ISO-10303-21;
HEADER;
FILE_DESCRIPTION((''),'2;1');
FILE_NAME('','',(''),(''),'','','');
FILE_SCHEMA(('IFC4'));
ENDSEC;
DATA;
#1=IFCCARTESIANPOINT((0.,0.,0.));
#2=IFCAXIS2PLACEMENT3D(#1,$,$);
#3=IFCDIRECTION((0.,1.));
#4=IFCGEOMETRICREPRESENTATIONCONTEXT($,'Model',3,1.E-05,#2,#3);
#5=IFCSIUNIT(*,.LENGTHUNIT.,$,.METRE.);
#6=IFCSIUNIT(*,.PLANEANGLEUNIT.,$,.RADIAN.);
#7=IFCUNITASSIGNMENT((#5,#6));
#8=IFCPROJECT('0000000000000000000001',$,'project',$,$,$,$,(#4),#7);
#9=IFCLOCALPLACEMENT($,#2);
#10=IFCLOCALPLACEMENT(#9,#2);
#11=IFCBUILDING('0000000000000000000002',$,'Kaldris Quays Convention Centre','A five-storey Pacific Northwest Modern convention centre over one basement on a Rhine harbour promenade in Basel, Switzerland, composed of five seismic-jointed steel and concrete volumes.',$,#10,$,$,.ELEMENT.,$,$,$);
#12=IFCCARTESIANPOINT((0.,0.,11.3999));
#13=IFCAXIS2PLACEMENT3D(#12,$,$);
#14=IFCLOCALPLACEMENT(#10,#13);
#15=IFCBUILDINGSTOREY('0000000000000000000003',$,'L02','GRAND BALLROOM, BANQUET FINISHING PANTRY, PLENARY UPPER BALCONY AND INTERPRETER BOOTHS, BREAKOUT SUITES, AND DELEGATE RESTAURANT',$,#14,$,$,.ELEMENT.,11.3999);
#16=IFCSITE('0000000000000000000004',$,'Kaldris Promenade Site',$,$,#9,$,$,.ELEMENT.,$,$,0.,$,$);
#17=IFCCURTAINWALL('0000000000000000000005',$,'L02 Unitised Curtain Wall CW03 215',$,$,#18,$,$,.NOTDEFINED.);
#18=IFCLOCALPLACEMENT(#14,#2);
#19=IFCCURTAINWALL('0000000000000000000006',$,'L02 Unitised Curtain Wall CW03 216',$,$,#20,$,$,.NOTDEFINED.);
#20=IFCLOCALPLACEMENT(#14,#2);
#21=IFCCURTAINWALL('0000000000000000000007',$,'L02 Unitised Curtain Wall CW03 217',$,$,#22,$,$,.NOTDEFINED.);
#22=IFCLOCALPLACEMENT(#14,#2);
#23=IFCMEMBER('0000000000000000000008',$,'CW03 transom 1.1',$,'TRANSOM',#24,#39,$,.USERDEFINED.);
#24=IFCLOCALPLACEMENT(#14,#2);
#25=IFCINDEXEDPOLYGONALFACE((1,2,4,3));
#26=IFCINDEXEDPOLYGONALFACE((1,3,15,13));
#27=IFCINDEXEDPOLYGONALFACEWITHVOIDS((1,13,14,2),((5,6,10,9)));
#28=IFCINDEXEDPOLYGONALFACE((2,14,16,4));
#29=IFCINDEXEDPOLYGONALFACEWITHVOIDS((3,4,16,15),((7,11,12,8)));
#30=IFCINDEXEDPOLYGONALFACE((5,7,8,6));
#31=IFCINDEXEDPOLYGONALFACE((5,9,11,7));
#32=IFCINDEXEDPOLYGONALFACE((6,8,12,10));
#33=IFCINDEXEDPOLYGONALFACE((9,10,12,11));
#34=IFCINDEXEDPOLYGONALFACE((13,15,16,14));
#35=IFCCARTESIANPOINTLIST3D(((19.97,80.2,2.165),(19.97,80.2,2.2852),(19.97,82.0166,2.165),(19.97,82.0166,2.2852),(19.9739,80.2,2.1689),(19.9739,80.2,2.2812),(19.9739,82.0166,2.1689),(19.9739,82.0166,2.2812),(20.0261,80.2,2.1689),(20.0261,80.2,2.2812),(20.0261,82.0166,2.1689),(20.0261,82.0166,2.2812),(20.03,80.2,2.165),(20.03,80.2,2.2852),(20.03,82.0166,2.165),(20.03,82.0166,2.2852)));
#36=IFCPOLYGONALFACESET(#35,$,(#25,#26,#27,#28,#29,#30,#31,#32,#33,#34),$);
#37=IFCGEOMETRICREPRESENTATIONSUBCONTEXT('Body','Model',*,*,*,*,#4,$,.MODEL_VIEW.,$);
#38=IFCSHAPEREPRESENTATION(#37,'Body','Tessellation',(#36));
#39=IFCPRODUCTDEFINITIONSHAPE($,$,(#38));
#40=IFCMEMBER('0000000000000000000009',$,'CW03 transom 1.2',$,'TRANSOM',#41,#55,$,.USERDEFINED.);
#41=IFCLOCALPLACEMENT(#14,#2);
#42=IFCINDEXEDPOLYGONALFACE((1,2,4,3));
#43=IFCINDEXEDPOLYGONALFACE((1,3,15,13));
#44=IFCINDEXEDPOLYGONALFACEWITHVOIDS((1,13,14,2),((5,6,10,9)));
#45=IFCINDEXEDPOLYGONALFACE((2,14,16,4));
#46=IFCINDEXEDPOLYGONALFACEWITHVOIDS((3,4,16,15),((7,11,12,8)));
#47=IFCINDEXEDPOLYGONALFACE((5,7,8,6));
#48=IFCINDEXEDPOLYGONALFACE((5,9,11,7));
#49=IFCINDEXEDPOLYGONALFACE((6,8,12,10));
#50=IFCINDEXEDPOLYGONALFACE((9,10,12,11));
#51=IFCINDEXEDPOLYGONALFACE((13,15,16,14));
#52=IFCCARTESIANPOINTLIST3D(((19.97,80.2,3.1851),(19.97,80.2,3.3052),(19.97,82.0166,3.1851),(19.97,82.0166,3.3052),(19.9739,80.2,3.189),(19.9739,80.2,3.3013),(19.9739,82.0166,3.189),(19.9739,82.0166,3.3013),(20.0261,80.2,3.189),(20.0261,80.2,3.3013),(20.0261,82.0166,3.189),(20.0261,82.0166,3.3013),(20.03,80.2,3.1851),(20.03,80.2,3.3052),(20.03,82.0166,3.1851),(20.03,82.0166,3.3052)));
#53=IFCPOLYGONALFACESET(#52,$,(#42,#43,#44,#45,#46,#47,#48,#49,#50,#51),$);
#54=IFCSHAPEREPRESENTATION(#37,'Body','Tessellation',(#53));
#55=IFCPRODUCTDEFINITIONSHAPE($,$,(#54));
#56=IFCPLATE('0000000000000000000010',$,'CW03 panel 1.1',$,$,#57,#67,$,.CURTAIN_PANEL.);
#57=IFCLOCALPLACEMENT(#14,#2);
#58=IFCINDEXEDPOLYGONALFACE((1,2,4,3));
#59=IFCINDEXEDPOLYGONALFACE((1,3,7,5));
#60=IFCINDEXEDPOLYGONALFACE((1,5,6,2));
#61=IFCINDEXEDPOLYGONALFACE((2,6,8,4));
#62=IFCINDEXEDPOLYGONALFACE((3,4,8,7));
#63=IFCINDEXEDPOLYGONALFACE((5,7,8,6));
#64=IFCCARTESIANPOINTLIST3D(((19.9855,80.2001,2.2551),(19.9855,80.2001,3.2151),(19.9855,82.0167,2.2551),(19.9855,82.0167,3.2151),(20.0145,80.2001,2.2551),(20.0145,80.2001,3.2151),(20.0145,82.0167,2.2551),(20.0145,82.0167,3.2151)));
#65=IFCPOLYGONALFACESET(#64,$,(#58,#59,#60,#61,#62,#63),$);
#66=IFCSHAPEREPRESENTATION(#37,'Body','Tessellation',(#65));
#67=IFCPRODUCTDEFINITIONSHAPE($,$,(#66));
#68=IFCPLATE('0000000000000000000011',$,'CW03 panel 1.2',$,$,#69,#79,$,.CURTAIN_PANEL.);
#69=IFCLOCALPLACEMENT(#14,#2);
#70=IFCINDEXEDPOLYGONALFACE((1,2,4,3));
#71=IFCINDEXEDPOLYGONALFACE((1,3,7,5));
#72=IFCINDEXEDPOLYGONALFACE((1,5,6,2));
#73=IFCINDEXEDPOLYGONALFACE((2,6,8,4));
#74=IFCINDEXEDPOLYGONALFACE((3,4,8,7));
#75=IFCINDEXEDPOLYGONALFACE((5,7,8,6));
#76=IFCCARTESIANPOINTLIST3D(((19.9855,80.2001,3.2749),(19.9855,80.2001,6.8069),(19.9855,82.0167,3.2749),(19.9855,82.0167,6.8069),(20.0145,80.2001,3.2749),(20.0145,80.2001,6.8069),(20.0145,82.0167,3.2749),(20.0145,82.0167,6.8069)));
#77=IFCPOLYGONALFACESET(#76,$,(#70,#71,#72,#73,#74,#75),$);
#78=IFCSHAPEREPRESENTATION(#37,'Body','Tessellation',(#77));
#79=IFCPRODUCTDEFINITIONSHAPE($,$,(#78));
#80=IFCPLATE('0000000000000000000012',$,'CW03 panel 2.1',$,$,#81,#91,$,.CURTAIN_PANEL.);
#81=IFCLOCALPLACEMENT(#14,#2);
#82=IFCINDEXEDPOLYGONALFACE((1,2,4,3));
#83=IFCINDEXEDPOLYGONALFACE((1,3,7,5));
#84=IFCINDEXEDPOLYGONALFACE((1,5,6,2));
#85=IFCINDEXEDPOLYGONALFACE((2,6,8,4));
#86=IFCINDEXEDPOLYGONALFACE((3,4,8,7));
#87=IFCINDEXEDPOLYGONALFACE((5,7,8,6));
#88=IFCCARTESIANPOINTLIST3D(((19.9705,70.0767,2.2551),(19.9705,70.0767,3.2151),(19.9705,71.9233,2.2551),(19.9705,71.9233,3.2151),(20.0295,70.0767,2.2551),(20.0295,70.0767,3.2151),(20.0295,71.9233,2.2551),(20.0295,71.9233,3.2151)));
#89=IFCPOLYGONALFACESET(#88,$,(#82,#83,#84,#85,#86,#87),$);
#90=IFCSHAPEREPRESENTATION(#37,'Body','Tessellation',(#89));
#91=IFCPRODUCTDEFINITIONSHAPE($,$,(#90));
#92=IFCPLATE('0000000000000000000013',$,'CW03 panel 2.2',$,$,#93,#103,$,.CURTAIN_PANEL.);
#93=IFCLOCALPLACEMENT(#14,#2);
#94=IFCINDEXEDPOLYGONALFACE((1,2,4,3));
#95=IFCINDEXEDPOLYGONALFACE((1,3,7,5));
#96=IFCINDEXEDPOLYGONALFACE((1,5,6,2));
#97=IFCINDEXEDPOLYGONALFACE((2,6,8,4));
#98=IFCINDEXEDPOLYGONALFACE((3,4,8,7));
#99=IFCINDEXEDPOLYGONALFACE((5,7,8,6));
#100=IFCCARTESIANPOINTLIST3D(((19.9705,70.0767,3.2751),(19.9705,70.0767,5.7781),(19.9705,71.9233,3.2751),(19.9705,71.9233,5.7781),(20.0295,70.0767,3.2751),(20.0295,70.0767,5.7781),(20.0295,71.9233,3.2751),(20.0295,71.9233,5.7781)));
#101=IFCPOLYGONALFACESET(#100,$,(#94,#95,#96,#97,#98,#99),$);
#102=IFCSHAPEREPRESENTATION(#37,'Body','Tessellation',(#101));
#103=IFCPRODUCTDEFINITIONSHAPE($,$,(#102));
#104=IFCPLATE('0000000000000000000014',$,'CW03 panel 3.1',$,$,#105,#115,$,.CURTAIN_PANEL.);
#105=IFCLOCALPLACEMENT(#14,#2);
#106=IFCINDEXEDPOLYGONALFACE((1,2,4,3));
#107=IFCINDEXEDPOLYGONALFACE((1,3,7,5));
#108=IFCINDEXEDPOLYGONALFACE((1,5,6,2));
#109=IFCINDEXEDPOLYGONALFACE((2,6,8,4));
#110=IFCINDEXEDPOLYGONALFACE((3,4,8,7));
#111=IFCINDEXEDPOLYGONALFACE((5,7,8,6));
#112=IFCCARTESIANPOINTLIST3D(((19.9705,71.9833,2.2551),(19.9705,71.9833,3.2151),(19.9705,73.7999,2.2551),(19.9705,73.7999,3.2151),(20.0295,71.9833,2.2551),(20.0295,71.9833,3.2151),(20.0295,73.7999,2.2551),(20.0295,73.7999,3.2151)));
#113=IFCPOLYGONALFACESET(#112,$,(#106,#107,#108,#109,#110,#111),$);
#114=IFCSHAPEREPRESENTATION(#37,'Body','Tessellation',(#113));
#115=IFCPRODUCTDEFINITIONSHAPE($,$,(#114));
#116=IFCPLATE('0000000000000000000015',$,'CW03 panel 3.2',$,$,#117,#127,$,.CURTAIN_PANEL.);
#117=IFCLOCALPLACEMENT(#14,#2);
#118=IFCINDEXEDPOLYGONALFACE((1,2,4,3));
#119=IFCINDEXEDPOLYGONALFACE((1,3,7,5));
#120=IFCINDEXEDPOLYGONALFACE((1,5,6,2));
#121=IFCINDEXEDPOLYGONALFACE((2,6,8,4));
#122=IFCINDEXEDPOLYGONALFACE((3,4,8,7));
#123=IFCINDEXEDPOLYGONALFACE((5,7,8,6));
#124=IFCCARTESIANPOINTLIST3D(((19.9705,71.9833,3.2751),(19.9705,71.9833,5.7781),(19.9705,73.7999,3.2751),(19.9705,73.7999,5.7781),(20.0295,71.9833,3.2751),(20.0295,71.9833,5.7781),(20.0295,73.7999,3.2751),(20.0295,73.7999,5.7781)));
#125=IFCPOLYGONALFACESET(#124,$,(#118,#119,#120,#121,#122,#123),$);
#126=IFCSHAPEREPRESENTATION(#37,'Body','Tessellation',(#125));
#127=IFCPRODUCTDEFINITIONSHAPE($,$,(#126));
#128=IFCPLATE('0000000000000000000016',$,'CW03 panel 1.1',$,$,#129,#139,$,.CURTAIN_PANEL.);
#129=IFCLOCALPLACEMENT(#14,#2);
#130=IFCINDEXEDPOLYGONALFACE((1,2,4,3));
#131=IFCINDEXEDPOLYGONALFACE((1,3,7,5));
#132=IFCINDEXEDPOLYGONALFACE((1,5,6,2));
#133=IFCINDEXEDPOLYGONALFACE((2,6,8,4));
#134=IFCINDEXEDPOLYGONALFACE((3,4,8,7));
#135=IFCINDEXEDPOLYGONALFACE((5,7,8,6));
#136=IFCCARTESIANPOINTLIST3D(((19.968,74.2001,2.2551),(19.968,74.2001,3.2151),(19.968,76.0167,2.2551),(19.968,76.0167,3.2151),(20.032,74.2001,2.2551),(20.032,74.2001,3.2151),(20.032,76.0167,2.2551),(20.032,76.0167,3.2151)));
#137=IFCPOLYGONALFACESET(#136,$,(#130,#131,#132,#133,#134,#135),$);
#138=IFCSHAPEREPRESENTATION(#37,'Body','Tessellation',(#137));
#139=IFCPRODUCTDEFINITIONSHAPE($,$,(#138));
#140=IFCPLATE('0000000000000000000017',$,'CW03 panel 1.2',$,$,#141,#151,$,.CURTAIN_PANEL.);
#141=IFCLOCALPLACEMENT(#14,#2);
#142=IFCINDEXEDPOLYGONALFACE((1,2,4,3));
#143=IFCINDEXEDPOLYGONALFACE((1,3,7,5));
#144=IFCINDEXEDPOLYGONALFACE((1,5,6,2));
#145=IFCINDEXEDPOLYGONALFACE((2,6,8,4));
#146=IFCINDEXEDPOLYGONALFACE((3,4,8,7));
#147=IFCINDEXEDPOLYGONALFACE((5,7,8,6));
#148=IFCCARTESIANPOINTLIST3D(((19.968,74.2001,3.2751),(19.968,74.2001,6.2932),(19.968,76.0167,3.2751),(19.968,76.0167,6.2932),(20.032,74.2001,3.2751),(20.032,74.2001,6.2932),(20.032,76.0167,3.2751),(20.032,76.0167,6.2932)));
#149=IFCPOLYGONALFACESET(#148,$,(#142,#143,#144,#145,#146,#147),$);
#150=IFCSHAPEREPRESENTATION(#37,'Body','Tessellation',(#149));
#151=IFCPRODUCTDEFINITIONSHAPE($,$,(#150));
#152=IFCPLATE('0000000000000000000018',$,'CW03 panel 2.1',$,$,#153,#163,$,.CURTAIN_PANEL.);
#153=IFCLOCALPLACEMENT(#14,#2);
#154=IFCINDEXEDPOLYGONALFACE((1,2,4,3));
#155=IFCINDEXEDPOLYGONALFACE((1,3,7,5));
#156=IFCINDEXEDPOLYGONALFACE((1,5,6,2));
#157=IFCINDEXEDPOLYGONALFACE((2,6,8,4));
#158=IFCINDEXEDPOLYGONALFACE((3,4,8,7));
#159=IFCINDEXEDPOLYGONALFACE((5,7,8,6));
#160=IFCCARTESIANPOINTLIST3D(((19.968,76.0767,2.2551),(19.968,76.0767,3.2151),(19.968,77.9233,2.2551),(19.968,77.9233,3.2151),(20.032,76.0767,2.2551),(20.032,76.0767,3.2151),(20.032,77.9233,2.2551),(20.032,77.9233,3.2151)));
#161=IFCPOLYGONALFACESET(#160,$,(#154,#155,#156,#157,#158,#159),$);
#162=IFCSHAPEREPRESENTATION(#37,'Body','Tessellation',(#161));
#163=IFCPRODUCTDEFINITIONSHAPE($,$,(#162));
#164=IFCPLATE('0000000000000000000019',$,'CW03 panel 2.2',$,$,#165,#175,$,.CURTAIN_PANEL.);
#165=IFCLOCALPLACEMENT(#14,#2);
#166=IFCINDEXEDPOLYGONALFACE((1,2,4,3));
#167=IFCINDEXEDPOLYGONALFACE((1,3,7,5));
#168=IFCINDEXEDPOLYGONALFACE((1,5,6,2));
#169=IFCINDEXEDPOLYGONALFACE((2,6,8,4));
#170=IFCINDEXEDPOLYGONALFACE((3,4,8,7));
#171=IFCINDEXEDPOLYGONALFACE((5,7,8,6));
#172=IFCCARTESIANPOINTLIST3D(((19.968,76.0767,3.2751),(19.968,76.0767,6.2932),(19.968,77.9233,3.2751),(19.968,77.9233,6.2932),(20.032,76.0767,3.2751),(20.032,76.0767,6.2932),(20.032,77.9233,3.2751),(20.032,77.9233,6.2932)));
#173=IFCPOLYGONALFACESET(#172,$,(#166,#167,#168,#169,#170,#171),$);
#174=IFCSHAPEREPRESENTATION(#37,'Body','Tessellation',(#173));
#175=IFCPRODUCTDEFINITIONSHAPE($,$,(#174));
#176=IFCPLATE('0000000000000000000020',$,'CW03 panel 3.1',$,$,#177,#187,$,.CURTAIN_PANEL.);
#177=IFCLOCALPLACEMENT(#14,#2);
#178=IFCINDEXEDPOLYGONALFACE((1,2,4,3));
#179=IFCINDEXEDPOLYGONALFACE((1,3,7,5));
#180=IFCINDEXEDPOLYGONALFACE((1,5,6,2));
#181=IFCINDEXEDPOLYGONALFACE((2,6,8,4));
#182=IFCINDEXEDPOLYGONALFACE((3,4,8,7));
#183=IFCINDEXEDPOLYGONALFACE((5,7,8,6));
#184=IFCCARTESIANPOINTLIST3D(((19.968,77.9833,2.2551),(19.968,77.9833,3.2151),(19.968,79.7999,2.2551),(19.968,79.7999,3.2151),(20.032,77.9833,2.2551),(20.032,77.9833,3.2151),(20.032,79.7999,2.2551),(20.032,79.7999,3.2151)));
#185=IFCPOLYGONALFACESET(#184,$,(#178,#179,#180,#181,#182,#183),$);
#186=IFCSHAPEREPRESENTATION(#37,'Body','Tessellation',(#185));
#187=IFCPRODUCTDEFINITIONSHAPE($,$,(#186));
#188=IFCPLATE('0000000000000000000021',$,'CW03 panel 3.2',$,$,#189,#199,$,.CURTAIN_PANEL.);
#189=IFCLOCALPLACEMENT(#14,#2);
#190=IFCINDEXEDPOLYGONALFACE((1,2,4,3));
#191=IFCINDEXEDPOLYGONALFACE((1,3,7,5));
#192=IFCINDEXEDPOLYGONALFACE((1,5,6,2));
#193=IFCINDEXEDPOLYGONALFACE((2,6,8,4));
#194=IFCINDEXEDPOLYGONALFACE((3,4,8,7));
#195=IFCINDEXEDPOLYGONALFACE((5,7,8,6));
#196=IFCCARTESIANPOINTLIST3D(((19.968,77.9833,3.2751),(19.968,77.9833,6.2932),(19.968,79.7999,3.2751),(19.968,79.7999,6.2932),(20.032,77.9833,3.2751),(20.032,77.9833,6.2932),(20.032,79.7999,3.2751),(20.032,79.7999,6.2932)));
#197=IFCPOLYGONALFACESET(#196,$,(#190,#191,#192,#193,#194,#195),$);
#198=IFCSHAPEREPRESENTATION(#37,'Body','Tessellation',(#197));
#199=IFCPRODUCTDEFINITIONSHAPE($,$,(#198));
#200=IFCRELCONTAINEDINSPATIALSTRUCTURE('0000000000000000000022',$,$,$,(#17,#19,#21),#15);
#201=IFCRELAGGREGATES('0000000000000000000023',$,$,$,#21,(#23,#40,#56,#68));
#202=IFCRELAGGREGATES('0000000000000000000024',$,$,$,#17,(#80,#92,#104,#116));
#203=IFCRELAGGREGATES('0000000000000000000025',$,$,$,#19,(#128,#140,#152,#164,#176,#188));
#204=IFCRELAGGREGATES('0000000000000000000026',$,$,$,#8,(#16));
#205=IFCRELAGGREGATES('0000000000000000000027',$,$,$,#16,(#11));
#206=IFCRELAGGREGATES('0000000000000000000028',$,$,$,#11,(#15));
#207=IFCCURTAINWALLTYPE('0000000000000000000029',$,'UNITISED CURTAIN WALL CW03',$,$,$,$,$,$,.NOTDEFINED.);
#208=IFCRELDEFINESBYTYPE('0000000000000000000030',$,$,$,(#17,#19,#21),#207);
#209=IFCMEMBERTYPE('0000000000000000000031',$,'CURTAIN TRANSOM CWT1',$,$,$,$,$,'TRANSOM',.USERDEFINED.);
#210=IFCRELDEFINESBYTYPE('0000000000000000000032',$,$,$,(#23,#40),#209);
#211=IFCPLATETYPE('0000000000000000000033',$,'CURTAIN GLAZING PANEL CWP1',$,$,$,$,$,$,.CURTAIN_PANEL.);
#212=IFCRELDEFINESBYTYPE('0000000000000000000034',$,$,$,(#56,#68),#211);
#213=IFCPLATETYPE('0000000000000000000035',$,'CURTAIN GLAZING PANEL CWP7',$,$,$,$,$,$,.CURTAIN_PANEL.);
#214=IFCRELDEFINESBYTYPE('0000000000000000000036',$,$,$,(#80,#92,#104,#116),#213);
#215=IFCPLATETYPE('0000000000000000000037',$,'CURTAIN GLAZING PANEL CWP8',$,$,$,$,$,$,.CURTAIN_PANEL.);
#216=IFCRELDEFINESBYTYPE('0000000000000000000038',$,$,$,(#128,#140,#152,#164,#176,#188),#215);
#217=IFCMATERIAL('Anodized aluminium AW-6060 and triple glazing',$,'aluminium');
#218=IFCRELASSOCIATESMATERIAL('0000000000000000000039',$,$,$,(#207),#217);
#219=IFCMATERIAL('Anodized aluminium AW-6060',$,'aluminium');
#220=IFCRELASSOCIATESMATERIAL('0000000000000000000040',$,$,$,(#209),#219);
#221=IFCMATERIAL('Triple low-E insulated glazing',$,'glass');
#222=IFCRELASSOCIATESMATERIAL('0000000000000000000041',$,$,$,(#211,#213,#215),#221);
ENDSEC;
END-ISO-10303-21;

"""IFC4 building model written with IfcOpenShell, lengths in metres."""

from ifc_helpers import new_model, si_unit, direction, frame, origin, origin_2d, place, context, subcontext, project, spatial, rectangle, hollow_rectangle, extrude, material, material_profile, profile_set, type_object, element, aggregate, save


model = new_model("IFC4")

# Units and contexts
model_context = context("Model", 3, precision=1e-05, world=origin(), true_north=direction((0.0, 1.0)))
body_context = subcontext(model_context, "Body", "Model", "MODEL_VIEW")
ifc_project = project(units=[si_unit("LENGTHUNIT", "METRE"), si_unit("PLANEANGLEUNIT", "RADIAN")], contexts=[model_context])

# Site, building, storey
site_placement = place(None, origin())
site = spatial("IfcSite", under=ifc_project, at=site_placement, Name="Kaldris Promenade Site", CompositionType="ELEMENT", RefElevation=0.0)
building_placement = place(site_placement, origin())
building = spatial("IfcBuilding", under=site, at=building_placement, Name="Kaldris Quays Convention Centre", Description="A five-storey Pacific Northwest Modern convention centre over one basement on a Rhine harbour promenade in Basel, Switzerland, composed of five seismic-jointed steel and concrete volumes.", CompositionType="ELEMENT")
storey_placement = place(building_placement, frame((0.0, 0.0, 11.3999)))
storey = spatial("IfcBuildingStorey", under=building, at=storey_placement, Name="L02", Description="GRAND BALLROOM, BANQUET FINISHING PANTRY, PLENARY UPPER BALCONY AND INTERPRETER BOOTHS, BREAKOUT SUITES, AND DELEGATE RESTAURANT", CompositionType="ELEMENT", Elevation=11.3999)

# Curtain walls
ifc_material_1 = material(Name="Anodized aluminium AW-6060 and triple glazing", Category="aluminium")
curtain_wall_type = type_object("IfcCurtainWallType", Name="UNITISED CURTAIN WALL CW03", PredefinedType="NOTDEFINED", material=ifc_material_1)
curtain_wall_1_placement = place(storey_placement, origin())
curtain_wall_1 = element("IfcCurtainWall", 1, at=curtain_wall_1_placement, inside=storey, type_object=curtain_wall_type, Name="L02 Unitised Curtain Wall CW03 215", PredefinedType="NOTDEFINED")
ifc_material_2 = material(Name="Anodized aluminium AW-6060", Category="aluminium")
curtain_wall_2_placement = place(storey_placement, origin())
curtain_wall_2 = element("IfcCurtainWall", 2, at=curtain_wall_2_placement, inside=storey, type_object=curtain_wall_type, Name="L02 Unitised Curtain Wall CW03 216", PredefinedType="NOTDEFINED")
curtain_wall_3_placement = place(storey_placement, origin())
curtain_wall_3 = element("IfcCurtainWall", 3, at=curtain_wall_3_placement, inside=storey, type_object=curtain_wall_type, Name="L02 Unitised Curtain Wall CW03 217", PredefinedType="NOTDEFINED")

# Members
ifc_material_profile_1 = material_profile(ifc_material_2, hollow_rectangle(XDim=0.0601, YDim=0.1201, WallThickness=0.0039, at=origin_2d()), Name="RHS 120x60x4")
ifc_profile_set_1 = profile_set([ifc_material_profile_1], Name="Anodized aluminium AW-6060")
member_type_1 = type_object("IfcMemberType", Name="CURTAIN TRANSOM CWT1", ElementType="TRANSOM", PredefinedType="USERDEFINED", material=ifc_profile_set_1)
member_1_placement = place(storey_placement, frame((20.0, 80.2, 2.2251), z_axis=(0.0, 1.0, 0.0), x_axis=(-1.0, 0.0, 0.0)))
member_1 = element("IfcMember", 4, at=member_1_placement, type_object=member_type_1, Name="CW03 transom 1.1", ObjectType="TRANSOM", PredefinedType="USERDEFINED", context=body_context, shape_type="SweptSolid", body=[
    extrude(hollow_rectangle(XDim=0.0601, YDim=0.1201, WallThickness=0.0039, at=origin_2d()), origin(), (0.0, 0.0, 1.0), 1.8167),
])
member_2_placement = place(storey_placement, frame((20.0, 80.2, 3.2451), z_axis=(0.0, 1.0, 0.0), x_axis=(-1.0, 0.0, 0.0)))
member_2 = element("IfcMember", 5, at=member_2_placement, type_object=member_type_1, Name="CW03 transom 1.2", ObjectType="TRANSOM", PredefinedType="USERDEFINED", context=body_context, shape_type="SweptSolid", body=[
    extrude(hollow_rectangle(XDim=0.0601, YDim=0.1201, WallThickness=0.0039, at=origin_2d()), origin(), (0.0, 0.0, 1.0), 1.8167),
])

# Plates
ifc_material_3 = material(Name="Triple low-E insulated glazing", Category="glass")
plate_type_1 = type_object("IfcPlateType", Name="CURTAIN GLAZING PANEL CWP1", PredefinedType="CURTAIN_PANEL", material=ifc_material_3)
plate_1_placement = place(storey_placement, frame((20.0, 81.1084, 2.2551), z_axis=(0.0, 0.0, 1.0), x_axis=(0.0, 1.0, 0.0)))
plate_1 = element("IfcPlate", 6, at=plate_1_placement, type_object=plate_type_1, Name="CW03 panel 1.1", PredefinedType="CURTAIN_PANEL", context=body_context, shape_type="SweptSolid", body=[
    extrude(rectangle(XDim=1.8167, YDim=0.0291, at=origin_2d()), origin(), (0.0, 0.0, 1.0), 0.96),
])
plate_2_placement = place(storey_placement, frame((20.0, 81.1084, 3.2749), z_axis=(0.0, 0.0, 1.0), x_axis=(0.0, 1.0, 0.0)))
plate_2 = element("IfcPlate", 7, at=plate_2_placement, type_object=plate_type_1, Name="CW03 panel 1.2", PredefinedType="CURTAIN_PANEL", context=body_context, shape_type="SweptSolid", body=[
    extrude(rectangle(XDim=1.8167, YDim=0.0291, at=origin_2d()), origin(), (0.0, 0.0, 1.0), 3.532),
])
aggregate(curtain_wall_3, [member_1, member_2, plate_1, plate_2])
plate_type_2 = type_object("IfcPlateType", Name="CURTAIN GLAZING PANEL CWP7", PredefinedType="CURTAIN_PANEL", material=ifc_material_3)
plate_3_placement = place(storey_placement, frame((20.0, 71.0, 2.2551), z_axis=(0.0, 0.0, 1.0), x_axis=(0.0, 1.0, 0.0)))
plate_3 = element("IfcPlate", 8, at=plate_3_placement, type_object=plate_type_2, Name="CW03 panel 2.1", PredefinedType="CURTAIN_PANEL", context=body_context, shape_type="SweptSolid", body=[
    extrude(rectangle(XDim=1.8467, YDim=0.0591, at=origin_2d()), origin(), (0.0, 0.0, 1.0), 0.96),
])
plate_4_placement = place(storey_placement, frame((20.0, 71.0, 3.2751), z_axis=(0.0, 0.0, 1.0), x_axis=(0.0, 1.0, 0.0)))
plate_4 = element("IfcPlate", 9, at=plate_4_placement, type_object=plate_type_2, Name="CW03 panel 2.2", PredefinedType="CURTAIN_PANEL", context=body_context, shape_type="SweptSolid", body=[
    extrude(rectangle(XDim=1.8467, YDim=0.0591, at=origin_2d()), origin(), (0.0, 0.0, 1.0), 2.5029),
])
plate_5_placement = place(storey_placement, frame((20.0, 72.8916, 2.2551), z_axis=(0.0, 0.0, 1.0), x_axis=(0.0, 1.0, 0.0)))
plate_5 = element("IfcPlate", 10, at=plate_5_placement, type_object=plate_type_2, Name="CW03 panel 3.1", PredefinedType="CURTAIN_PANEL", context=body_context, shape_type="SweptSolid", body=[
    extrude(rectangle(XDim=1.8167, YDim=0.0591, at=origin_2d()), origin(), (0.0, 0.0, 1.0), 0.96),
])
plate_6_placement = place(storey_placement, frame((20.0, 72.8916, 3.2751), z_axis=(0.0, 0.0, 1.0), x_axis=(0.0, 1.0, 0.0)))
plate_6 = element("IfcPlate", 11, at=plate_6_placement, type_object=plate_type_2, Name="CW03 panel 3.2", PredefinedType="CURTAIN_PANEL", context=body_context, shape_type="SweptSolid", body=[
    extrude(rectangle(XDim=1.8167, YDim=0.0591, at=origin_2d()), origin(), (0.0, 0.0, 1.0), 2.5029),
])
aggregate(curtain_wall_1, [plate_3, plate_4, plate_5, plate_6])
plate_type_3 = type_object("IfcPlateType", Name="CURTAIN GLAZING PANEL CWP8", PredefinedType="CURTAIN_PANEL", material=ifc_material_3)
plate_7_placement = place(storey_placement, frame((20.0, 75.1084, 2.2551), z_axis=(0.0, 0.0, 1.0), x_axis=(0.0, 1.0, 0.0)))
plate_7 = element("IfcPlate", 12, at=plate_7_placement, type_object=plate_type_3, Name="CW03 panel 1.1", PredefinedType="CURTAIN_PANEL", context=body_context, shape_type="SweptSolid", body=[
    extrude(rectangle(XDim=1.8167, YDim=0.064, at=origin_2d()), origin(), (0.0, 0.0, 1.0), 0.96),
])
plate_8_placement = place(storey_placement, frame((20.0, 75.1084, 3.2751), z_axis=(0.0, 0.0, 1.0), x_axis=(0.0, 1.0, 0.0)))
plate_8 = element("IfcPlate", 13, at=plate_8_placement, type_object=plate_type_3, Name="CW03 panel 1.2", PredefinedType="CURTAIN_PANEL", context=body_context, shape_type="SweptSolid", body=[
    extrude(rectangle(XDim=1.8167, YDim=0.064, at=origin_2d()), origin(), (0.0, 0.0, 1.0), 3.0181),
])
plate_9_placement = place(storey_placement, frame((20.0, 77.0, 2.2551), z_axis=(0.0, 0.0, 1.0), x_axis=(0.0, 1.0, 0.0)))
plate_9 = element("IfcPlate", 14, at=plate_9_placement, type_object=plate_type_3, Name="CW03 panel 2.1", PredefinedType="CURTAIN_PANEL", context=body_context, shape_type="SweptSolid", body=[
    extrude(rectangle(XDim=1.8467, YDim=0.064, at=origin_2d()), origin(), (0.0, 0.0, 1.0), 0.96),
])
plate_10_placement = place(storey_placement, frame((20.0, 77.0, 3.2751), z_axis=(0.0, 0.0, 1.0), x_axis=(0.0, 1.0, 0.0)))
plate_10 = element("IfcPlate", 15, at=plate_10_placement, type_object=plate_type_3, Name="CW03 panel 2.2", PredefinedType="CURTAIN_PANEL", context=body_context, shape_type="SweptSolid", body=[
    extrude(rectangle(XDim=1.8467, YDim=0.064, at=origin_2d()), origin(), (0.0, 0.0, 1.0), 3.0181),
])
plate_11_placement = place(storey_placement, frame((20.0, 78.8916, 2.2551), z_axis=(0.0, 0.0, 1.0), x_axis=(0.0, 1.0, 0.0)))
plate_11 = element("IfcPlate", 16, at=plate_11_placement, type_object=plate_type_3, Name="CW03 panel 3.1", PredefinedType="CURTAIN_PANEL", context=body_context, shape_type="SweptSolid", body=[
    extrude(rectangle(XDim=1.8167, YDim=0.064, at=origin_2d()), origin(), (0.0, 0.0, 1.0), 0.96),
])
plate_12_placement = place(storey_placement, frame((20.0, 78.8916, 3.2751), z_axis=(0.0, 0.0, 1.0), x_axis=(0.0, 1.0, 0.0)))
plate_12 = element("IfcPlate", 17, at=plate_12_placement, type_object=plate_type_3, Name="CW03 panel 3.2", PredefinedType="CURTAIN_PANEL", context=body_context, shape_type="SweptSolid", body=[
    extrude(rectangle(XDim=1.8167, YDim=0.064, at=origin_2d()), origin(), (0.0, 0.0, 1.0), 3.0181),
])
aggregate(curtain_wall_2, [plate_7, plate_8, plate_9, plate_10, plate_11, plate_12])

save(model, "model.ifc")
